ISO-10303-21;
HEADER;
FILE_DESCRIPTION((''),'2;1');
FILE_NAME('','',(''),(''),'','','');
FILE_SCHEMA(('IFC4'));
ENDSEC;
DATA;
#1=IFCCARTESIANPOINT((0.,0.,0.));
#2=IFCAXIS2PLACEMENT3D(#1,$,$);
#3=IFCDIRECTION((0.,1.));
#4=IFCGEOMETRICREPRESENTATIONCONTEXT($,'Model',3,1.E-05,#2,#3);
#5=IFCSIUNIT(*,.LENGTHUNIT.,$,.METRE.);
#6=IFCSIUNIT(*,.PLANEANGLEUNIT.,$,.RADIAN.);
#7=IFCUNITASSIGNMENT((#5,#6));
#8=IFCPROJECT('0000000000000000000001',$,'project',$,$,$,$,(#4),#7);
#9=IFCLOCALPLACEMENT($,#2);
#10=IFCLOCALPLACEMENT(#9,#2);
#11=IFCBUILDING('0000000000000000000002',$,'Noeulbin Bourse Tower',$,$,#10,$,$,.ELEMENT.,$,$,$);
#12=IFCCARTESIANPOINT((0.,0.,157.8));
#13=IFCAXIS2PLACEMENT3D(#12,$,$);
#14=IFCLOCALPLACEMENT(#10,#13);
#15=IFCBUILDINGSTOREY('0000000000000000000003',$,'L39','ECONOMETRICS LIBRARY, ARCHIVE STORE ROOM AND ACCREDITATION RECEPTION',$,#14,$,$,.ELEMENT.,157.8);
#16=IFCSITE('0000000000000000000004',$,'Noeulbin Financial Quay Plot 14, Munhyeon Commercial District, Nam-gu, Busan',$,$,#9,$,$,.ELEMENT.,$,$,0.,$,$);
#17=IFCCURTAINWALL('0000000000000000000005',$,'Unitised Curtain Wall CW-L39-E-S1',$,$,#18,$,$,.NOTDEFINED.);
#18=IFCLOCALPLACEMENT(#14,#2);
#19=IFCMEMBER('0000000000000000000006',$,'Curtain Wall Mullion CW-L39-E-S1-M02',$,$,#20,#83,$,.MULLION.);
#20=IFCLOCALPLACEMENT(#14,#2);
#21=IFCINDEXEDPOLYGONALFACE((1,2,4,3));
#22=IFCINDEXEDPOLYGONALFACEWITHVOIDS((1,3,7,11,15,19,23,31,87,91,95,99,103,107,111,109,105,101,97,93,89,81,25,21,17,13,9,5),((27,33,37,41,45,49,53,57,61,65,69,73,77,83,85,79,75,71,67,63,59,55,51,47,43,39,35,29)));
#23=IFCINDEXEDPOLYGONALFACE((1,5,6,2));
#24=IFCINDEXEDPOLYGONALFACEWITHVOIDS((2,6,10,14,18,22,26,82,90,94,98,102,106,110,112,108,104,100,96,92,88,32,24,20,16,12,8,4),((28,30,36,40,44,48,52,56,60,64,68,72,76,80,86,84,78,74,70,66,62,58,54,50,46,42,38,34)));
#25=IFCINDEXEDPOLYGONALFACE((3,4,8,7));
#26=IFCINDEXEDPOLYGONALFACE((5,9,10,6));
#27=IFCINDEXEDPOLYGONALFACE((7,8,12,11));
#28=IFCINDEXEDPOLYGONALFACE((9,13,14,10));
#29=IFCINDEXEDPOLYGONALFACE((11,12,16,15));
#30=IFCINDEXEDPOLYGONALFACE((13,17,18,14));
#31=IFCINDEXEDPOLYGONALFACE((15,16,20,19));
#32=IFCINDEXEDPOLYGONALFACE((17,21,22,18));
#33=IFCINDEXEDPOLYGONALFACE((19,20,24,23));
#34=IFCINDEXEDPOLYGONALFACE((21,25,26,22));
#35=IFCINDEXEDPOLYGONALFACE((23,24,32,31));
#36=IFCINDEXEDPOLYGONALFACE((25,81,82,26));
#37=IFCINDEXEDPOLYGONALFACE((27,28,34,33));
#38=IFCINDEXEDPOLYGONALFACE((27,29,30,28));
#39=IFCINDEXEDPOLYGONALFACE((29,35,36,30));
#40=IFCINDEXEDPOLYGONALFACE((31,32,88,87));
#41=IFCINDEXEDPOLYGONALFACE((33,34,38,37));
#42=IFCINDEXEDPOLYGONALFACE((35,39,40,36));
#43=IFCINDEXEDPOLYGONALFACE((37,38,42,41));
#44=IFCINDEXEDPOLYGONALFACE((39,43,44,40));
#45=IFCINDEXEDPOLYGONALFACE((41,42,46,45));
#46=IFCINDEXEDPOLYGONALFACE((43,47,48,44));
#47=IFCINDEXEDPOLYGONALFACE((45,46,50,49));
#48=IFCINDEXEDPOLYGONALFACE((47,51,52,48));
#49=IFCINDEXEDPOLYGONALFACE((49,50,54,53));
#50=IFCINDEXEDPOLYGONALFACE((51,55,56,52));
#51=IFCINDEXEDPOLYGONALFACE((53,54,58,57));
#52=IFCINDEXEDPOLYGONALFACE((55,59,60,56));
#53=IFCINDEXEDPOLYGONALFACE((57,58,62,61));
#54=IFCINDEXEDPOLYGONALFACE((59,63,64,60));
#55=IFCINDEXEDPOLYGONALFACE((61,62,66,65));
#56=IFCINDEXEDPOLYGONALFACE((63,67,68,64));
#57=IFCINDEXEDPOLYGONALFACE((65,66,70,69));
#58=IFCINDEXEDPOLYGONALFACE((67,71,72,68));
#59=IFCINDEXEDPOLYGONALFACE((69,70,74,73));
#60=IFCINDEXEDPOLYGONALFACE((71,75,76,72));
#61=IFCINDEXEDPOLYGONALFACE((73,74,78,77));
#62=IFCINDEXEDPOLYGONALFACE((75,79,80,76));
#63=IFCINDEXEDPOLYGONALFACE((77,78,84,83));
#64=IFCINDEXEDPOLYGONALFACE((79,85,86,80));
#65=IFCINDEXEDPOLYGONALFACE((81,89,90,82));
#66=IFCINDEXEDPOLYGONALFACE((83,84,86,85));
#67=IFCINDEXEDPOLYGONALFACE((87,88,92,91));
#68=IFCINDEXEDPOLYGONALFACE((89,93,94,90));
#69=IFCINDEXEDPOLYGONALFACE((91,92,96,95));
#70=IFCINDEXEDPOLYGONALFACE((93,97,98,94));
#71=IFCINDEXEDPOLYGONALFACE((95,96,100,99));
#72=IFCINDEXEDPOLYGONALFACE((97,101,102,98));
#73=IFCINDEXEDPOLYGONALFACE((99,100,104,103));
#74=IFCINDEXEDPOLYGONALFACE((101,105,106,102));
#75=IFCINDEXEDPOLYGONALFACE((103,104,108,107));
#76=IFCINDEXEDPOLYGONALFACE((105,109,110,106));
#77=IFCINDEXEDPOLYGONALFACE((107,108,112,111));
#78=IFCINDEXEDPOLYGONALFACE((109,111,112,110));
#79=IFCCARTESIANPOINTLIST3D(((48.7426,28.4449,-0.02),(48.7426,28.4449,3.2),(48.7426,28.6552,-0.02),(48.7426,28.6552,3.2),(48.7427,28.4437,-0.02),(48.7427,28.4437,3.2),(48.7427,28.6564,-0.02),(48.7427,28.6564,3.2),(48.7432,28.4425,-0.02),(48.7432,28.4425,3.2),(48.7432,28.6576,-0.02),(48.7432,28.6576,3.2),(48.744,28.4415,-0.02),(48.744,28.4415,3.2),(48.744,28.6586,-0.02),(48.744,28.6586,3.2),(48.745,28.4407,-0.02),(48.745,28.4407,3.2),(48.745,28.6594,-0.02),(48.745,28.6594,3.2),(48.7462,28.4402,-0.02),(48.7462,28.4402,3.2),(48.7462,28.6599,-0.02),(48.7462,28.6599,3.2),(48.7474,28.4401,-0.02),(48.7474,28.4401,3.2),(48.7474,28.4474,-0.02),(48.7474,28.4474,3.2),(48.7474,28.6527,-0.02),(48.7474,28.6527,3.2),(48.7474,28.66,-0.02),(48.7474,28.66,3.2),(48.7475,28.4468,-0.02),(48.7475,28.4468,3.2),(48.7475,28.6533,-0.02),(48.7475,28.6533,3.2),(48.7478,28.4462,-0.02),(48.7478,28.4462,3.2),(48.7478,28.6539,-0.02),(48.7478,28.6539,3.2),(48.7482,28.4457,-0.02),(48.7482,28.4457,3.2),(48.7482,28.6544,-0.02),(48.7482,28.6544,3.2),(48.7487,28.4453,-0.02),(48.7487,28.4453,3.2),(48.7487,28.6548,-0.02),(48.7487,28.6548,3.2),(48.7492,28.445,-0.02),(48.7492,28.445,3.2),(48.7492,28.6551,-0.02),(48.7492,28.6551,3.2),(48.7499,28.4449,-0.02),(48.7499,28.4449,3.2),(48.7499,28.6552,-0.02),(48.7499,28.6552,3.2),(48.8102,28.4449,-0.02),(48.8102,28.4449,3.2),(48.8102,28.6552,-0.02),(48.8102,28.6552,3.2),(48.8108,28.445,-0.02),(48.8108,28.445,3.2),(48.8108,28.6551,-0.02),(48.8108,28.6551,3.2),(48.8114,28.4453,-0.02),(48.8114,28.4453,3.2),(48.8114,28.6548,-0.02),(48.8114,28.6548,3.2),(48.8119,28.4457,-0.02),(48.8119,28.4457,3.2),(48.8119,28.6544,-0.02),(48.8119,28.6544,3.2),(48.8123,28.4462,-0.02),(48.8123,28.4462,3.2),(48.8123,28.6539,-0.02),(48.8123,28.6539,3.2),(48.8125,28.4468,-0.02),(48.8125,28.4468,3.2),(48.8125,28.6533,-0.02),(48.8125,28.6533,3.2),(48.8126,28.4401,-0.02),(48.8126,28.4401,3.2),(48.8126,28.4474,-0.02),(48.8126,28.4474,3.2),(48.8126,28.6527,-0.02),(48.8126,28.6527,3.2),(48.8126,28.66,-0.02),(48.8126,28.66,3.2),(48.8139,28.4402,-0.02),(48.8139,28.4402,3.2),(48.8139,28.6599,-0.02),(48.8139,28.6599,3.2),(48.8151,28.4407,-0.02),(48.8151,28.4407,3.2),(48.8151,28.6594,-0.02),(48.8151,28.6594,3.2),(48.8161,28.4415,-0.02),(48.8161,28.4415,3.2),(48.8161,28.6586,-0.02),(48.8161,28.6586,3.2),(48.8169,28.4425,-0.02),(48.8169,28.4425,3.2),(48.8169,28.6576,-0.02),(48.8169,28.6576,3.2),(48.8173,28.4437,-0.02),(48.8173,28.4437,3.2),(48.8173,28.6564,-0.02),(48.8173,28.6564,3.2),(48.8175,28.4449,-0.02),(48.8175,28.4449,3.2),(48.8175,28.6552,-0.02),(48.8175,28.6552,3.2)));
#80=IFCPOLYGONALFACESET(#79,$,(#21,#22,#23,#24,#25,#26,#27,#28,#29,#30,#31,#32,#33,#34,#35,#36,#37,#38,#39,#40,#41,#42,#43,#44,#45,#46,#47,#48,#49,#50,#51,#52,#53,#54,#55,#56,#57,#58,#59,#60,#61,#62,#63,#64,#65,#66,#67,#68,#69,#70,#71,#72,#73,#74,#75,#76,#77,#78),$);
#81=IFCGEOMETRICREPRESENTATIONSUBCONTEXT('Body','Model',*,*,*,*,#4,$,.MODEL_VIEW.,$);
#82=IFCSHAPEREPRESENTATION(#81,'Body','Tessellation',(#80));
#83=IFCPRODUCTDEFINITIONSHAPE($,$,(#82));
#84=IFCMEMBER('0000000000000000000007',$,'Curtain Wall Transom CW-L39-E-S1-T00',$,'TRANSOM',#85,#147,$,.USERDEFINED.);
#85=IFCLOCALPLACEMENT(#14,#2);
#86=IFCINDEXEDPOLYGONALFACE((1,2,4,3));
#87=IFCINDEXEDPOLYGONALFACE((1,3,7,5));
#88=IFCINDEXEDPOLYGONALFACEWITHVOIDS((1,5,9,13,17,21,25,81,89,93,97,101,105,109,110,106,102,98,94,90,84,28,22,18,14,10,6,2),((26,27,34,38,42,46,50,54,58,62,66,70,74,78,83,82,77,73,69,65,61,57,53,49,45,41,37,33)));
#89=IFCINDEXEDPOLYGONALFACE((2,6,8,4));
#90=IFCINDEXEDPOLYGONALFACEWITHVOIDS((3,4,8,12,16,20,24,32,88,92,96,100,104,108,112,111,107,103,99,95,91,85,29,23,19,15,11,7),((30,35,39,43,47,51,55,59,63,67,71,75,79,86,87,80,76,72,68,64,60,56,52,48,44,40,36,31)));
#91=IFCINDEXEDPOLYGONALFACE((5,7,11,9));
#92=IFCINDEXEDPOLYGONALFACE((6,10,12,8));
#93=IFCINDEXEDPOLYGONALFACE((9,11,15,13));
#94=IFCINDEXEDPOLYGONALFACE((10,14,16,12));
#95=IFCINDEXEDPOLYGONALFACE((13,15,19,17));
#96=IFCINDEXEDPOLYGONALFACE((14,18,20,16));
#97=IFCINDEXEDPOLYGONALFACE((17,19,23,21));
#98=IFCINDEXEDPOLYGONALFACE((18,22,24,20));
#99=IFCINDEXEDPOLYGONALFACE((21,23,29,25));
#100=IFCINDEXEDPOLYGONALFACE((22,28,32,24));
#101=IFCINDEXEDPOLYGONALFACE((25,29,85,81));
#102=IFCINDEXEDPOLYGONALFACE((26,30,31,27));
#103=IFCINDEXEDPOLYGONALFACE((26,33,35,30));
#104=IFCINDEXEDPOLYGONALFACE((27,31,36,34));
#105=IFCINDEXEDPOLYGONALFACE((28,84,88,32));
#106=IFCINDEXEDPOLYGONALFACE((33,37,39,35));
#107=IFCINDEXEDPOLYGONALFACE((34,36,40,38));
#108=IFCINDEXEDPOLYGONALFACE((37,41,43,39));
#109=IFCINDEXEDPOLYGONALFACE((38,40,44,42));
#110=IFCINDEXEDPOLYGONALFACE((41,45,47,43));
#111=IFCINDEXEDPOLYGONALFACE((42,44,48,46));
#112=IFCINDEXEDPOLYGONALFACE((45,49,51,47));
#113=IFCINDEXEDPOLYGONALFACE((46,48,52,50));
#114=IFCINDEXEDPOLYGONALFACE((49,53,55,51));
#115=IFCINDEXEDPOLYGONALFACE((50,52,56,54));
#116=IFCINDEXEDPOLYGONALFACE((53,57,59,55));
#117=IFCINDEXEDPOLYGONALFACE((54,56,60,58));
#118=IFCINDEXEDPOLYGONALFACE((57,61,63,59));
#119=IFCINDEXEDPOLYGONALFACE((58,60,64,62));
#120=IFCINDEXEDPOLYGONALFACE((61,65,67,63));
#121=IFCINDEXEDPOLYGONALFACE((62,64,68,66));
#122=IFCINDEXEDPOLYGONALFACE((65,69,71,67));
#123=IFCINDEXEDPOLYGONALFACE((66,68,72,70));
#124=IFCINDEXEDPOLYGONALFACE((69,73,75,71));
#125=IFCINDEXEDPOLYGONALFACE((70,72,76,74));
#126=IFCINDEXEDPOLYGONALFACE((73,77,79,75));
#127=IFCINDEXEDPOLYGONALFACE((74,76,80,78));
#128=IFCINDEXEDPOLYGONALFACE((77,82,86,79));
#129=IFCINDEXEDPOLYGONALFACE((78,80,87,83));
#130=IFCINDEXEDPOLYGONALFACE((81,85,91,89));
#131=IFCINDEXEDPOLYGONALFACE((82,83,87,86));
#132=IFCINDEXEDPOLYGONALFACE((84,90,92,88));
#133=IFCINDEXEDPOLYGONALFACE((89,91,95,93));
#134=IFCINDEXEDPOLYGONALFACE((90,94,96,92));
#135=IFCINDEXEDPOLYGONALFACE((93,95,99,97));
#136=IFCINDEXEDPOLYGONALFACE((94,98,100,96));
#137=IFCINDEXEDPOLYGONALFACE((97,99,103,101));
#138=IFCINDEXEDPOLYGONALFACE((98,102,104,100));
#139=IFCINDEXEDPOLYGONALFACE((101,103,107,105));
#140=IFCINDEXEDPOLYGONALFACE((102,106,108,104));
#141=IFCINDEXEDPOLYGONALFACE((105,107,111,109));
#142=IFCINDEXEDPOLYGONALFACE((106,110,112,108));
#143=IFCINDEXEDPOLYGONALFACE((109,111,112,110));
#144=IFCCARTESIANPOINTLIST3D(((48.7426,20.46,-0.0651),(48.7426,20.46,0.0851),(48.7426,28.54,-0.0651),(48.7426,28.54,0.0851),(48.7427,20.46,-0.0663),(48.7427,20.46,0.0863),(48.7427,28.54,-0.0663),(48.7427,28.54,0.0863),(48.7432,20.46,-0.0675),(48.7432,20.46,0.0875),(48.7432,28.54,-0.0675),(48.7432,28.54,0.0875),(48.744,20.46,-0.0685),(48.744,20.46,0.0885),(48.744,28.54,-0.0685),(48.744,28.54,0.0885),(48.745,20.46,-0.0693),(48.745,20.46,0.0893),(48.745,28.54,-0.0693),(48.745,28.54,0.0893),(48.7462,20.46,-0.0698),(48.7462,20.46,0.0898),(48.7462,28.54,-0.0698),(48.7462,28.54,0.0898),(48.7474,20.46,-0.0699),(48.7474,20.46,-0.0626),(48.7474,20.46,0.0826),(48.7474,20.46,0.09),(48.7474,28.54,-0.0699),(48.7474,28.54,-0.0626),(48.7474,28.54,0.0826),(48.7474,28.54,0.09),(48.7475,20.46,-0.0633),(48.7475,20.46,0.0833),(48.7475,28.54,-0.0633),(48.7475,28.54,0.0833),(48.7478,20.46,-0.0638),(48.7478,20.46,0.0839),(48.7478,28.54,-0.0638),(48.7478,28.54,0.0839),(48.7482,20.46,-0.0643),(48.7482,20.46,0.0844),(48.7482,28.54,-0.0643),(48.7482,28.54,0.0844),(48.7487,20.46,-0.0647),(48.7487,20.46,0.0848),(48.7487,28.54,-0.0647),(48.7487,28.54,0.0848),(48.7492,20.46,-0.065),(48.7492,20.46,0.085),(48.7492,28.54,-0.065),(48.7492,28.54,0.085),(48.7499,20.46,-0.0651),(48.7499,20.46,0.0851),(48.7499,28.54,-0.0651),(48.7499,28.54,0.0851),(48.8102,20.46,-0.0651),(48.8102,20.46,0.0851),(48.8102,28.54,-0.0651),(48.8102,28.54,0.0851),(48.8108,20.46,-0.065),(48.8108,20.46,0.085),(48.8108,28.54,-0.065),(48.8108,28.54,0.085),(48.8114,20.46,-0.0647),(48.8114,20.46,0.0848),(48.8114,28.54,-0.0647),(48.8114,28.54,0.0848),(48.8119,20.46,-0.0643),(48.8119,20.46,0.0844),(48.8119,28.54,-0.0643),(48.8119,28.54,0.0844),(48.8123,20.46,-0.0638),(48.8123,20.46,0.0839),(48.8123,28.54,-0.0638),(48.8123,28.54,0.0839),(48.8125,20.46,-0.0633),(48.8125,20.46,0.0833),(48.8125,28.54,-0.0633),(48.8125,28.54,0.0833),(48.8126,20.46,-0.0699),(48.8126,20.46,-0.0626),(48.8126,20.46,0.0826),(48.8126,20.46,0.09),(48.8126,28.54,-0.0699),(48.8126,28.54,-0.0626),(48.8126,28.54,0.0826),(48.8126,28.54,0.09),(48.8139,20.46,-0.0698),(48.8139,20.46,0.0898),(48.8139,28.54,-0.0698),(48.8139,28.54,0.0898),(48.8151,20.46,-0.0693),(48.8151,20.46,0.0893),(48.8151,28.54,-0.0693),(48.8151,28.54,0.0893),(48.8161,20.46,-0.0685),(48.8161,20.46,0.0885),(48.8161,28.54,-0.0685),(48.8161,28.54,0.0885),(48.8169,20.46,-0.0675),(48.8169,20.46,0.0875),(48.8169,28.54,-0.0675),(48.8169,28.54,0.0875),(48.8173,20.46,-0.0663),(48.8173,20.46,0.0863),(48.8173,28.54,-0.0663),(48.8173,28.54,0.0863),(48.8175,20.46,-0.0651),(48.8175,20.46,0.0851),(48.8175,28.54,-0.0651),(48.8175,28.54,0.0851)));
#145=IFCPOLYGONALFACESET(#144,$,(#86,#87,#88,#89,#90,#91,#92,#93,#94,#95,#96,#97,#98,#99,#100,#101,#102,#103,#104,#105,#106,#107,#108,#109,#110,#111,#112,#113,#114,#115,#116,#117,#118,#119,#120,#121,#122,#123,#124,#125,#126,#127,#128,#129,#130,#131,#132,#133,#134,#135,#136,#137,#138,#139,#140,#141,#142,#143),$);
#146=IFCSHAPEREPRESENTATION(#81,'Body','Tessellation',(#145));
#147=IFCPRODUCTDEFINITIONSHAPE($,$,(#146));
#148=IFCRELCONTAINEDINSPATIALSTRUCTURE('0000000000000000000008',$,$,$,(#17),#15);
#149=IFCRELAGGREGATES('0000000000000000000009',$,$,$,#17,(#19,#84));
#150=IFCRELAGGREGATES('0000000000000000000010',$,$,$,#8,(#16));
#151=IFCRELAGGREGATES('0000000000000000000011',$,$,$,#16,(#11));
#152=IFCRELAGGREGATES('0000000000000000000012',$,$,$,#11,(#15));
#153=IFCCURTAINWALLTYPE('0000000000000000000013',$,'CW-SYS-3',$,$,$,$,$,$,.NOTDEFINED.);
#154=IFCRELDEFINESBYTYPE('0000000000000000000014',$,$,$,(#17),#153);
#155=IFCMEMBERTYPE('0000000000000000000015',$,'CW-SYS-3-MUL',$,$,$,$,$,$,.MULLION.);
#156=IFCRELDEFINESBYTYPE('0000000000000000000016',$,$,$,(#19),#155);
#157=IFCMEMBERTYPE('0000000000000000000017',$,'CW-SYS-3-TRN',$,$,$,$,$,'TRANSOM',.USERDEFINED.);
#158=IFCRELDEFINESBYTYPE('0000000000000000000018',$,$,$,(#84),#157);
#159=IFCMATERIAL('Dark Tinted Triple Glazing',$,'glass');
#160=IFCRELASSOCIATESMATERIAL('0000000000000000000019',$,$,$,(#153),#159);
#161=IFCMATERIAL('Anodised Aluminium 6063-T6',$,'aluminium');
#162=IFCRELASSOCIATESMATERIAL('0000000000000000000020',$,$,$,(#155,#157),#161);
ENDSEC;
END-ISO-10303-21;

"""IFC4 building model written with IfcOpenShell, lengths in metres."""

from ifc_helpers import new_model, si_unit, direction, frame, origin, origin_2d, place, context, subcontext, project, spatial, hollow_rectangle, extrude, material, material_profile, profile_set, type_object, element, aggregate, save


model = new_model("IFC4")

# Units and contexts
model_context = context("Model", 3, precision=1e-05, world=origin(), true_north=direction((0.0, 1.0)))
body_context = subcontext(model_context, "Body", "Model", "MODEL_VIEW")
ifc_project = project(units=[si_unit("LENGTHUNIT", "METRE"), si_unit("PLANEANGLEUNIT", "RADIAN")], contexts=[model_context])

# Site, building, storey
site_placement = place(None, origin())
site = spatial("IfcSite", under=ifc_project, at=site_placement, Name="Noeulbin Financial Quay Plot 14, Munhyeon Commercial District, Nam-gu, Busan", CompositionType="ELEMENT", RefElevation=0.0)
building_placement = place(site_placement, origin())
building = spatial("IfcBuilding", under=site, at=building_placement, Name="Noeulbin Bourse Tower", CompositionType="ELEMENT")
storey_placement = place(building_placement, frame((0.0, 0.0, 157.8)))
storey = spatial("IfcBuildingStorey", under=building, at=storey_placement, Name="L39", Description="ECONOMETRICS LIBRARY, ARCHIVE STORE ROOM AND ACCREDITATION RECEPTION", CompositionType="ELEMENT", Elevation=157.8)

# Curtain wall, members
ifc_material_1 = material(Name="Dark Tinted Triple Glazing", Category="glass")
curtain_wall_type = type_object("IfcCurtainWallType", Name="CW-SYS-3", PredefinedType="NOTDEFINED", material=ifc_material_1)
curtain_wall_placement = place(storey_placement, origin())
curtain_wall = element("IfcCurtainWall", 1, at=curtain_wall_placement, inside=storey, type_object=curtain_wall_type, Name="Unitised Curtain Wall CW-L39-E-S1", PredefinedType="NOTDEFINED")
ifc_material_2 = material(Name="Anodised Aluminium 6063-T6", Category="aluminium")
ifc_material_profile_1 = material_profile(ifc_material_2, hollow_rectangle(XDim=0.075, YDim=0.22, WallThickness=0.0049, InnerFilletRadius=0.0024, OuterFilletRadius=0.0049, at=origin_2d()), Name="ALU-MULL-75x220x5", Category="LoadBearing")
ifc_profile_set_1 = profile_set([ifc_material_profile_1], Name="Anodised Aluminium 6063-T6")
member_type_1 = type_object("IfcMemberType", Name="CW-SYS-3-MUL", PredefinedType="MULLION", material=ifc_profile_set_1)
member_1_placement = place(storey_placement, frame((48.78, 28.55, -0.02), z_axis=(0.0, 0.0, 1.0), x_axis=(1.0, 0.0, 0.0)))
member_1 = element("IfcMember", 2, at=member_1_placement, type_object=member_type_1, Name="Curtain Wall Mullion CW-L39-E-S1-M02", PredefinedType="MULLION", context=body_context, shape_type="SweptSolid", body=[
    extrude(hollow_rectangle(XDim=0.075, YDim=0.22, WallThickness=0.0049, InnerFilletRadius=0.0024, OuterFilletRadius=0.0049, at=origin_2d()), origin(), (0.0, 0.0, 1.0), 3.22),
])
ifc_material_profile_2 = material_profile(ifc_material_2, hollow_rectangle(XDim=0.075, YDim=0.1599, WallThickness=0.0049, InnerFilletRadius=0.0024, OuterFilletRadius=0.0049, at=origin_2d()), Name="ALU-TRAN-75x160x5", Category="LoadBearing")
ifc_profile_set_2 = profile_set([ifc_material_profile_2], Name="Anodised Aluminium 6063-T6")
member_type_2 = type_object("IfcMemberType", Name="CW-SYS-3-TRN", ElementType="TRANSOM", PredefinedType="USERDEFINED", material=ifc_profile_set_2)
member_2_placement = place(storey_placement, frame((48.78, 20.46, 0.01), z_axis=(0.0, 1.0, 0.0), x_axis=(-1.0, 0.0, 0.0)))
member_2 = element("IfcMember", 3, at=member_2_placement, type_object=member_type_2, Name="Curtain Wall Transom CW-L39-E-S1-T00", ObjectType="TRANSOM", PredefinedType="USERDEFINED", context=body_context, shape_type="SweptSolid", body=[
    extrude(hollow_rectangle(XDim=0.075, YDim=0.1599, WallThickness=0.0049, InnerFilletRadius=0.0024, OuterFilletRadius=0.0049, at=origin_2d()), origin(), (0.0, 0.0, 1.0), 8.0801),
])
aggregate(curtain_wall, [member_1, member_2])

save(model, "model.ifc")
